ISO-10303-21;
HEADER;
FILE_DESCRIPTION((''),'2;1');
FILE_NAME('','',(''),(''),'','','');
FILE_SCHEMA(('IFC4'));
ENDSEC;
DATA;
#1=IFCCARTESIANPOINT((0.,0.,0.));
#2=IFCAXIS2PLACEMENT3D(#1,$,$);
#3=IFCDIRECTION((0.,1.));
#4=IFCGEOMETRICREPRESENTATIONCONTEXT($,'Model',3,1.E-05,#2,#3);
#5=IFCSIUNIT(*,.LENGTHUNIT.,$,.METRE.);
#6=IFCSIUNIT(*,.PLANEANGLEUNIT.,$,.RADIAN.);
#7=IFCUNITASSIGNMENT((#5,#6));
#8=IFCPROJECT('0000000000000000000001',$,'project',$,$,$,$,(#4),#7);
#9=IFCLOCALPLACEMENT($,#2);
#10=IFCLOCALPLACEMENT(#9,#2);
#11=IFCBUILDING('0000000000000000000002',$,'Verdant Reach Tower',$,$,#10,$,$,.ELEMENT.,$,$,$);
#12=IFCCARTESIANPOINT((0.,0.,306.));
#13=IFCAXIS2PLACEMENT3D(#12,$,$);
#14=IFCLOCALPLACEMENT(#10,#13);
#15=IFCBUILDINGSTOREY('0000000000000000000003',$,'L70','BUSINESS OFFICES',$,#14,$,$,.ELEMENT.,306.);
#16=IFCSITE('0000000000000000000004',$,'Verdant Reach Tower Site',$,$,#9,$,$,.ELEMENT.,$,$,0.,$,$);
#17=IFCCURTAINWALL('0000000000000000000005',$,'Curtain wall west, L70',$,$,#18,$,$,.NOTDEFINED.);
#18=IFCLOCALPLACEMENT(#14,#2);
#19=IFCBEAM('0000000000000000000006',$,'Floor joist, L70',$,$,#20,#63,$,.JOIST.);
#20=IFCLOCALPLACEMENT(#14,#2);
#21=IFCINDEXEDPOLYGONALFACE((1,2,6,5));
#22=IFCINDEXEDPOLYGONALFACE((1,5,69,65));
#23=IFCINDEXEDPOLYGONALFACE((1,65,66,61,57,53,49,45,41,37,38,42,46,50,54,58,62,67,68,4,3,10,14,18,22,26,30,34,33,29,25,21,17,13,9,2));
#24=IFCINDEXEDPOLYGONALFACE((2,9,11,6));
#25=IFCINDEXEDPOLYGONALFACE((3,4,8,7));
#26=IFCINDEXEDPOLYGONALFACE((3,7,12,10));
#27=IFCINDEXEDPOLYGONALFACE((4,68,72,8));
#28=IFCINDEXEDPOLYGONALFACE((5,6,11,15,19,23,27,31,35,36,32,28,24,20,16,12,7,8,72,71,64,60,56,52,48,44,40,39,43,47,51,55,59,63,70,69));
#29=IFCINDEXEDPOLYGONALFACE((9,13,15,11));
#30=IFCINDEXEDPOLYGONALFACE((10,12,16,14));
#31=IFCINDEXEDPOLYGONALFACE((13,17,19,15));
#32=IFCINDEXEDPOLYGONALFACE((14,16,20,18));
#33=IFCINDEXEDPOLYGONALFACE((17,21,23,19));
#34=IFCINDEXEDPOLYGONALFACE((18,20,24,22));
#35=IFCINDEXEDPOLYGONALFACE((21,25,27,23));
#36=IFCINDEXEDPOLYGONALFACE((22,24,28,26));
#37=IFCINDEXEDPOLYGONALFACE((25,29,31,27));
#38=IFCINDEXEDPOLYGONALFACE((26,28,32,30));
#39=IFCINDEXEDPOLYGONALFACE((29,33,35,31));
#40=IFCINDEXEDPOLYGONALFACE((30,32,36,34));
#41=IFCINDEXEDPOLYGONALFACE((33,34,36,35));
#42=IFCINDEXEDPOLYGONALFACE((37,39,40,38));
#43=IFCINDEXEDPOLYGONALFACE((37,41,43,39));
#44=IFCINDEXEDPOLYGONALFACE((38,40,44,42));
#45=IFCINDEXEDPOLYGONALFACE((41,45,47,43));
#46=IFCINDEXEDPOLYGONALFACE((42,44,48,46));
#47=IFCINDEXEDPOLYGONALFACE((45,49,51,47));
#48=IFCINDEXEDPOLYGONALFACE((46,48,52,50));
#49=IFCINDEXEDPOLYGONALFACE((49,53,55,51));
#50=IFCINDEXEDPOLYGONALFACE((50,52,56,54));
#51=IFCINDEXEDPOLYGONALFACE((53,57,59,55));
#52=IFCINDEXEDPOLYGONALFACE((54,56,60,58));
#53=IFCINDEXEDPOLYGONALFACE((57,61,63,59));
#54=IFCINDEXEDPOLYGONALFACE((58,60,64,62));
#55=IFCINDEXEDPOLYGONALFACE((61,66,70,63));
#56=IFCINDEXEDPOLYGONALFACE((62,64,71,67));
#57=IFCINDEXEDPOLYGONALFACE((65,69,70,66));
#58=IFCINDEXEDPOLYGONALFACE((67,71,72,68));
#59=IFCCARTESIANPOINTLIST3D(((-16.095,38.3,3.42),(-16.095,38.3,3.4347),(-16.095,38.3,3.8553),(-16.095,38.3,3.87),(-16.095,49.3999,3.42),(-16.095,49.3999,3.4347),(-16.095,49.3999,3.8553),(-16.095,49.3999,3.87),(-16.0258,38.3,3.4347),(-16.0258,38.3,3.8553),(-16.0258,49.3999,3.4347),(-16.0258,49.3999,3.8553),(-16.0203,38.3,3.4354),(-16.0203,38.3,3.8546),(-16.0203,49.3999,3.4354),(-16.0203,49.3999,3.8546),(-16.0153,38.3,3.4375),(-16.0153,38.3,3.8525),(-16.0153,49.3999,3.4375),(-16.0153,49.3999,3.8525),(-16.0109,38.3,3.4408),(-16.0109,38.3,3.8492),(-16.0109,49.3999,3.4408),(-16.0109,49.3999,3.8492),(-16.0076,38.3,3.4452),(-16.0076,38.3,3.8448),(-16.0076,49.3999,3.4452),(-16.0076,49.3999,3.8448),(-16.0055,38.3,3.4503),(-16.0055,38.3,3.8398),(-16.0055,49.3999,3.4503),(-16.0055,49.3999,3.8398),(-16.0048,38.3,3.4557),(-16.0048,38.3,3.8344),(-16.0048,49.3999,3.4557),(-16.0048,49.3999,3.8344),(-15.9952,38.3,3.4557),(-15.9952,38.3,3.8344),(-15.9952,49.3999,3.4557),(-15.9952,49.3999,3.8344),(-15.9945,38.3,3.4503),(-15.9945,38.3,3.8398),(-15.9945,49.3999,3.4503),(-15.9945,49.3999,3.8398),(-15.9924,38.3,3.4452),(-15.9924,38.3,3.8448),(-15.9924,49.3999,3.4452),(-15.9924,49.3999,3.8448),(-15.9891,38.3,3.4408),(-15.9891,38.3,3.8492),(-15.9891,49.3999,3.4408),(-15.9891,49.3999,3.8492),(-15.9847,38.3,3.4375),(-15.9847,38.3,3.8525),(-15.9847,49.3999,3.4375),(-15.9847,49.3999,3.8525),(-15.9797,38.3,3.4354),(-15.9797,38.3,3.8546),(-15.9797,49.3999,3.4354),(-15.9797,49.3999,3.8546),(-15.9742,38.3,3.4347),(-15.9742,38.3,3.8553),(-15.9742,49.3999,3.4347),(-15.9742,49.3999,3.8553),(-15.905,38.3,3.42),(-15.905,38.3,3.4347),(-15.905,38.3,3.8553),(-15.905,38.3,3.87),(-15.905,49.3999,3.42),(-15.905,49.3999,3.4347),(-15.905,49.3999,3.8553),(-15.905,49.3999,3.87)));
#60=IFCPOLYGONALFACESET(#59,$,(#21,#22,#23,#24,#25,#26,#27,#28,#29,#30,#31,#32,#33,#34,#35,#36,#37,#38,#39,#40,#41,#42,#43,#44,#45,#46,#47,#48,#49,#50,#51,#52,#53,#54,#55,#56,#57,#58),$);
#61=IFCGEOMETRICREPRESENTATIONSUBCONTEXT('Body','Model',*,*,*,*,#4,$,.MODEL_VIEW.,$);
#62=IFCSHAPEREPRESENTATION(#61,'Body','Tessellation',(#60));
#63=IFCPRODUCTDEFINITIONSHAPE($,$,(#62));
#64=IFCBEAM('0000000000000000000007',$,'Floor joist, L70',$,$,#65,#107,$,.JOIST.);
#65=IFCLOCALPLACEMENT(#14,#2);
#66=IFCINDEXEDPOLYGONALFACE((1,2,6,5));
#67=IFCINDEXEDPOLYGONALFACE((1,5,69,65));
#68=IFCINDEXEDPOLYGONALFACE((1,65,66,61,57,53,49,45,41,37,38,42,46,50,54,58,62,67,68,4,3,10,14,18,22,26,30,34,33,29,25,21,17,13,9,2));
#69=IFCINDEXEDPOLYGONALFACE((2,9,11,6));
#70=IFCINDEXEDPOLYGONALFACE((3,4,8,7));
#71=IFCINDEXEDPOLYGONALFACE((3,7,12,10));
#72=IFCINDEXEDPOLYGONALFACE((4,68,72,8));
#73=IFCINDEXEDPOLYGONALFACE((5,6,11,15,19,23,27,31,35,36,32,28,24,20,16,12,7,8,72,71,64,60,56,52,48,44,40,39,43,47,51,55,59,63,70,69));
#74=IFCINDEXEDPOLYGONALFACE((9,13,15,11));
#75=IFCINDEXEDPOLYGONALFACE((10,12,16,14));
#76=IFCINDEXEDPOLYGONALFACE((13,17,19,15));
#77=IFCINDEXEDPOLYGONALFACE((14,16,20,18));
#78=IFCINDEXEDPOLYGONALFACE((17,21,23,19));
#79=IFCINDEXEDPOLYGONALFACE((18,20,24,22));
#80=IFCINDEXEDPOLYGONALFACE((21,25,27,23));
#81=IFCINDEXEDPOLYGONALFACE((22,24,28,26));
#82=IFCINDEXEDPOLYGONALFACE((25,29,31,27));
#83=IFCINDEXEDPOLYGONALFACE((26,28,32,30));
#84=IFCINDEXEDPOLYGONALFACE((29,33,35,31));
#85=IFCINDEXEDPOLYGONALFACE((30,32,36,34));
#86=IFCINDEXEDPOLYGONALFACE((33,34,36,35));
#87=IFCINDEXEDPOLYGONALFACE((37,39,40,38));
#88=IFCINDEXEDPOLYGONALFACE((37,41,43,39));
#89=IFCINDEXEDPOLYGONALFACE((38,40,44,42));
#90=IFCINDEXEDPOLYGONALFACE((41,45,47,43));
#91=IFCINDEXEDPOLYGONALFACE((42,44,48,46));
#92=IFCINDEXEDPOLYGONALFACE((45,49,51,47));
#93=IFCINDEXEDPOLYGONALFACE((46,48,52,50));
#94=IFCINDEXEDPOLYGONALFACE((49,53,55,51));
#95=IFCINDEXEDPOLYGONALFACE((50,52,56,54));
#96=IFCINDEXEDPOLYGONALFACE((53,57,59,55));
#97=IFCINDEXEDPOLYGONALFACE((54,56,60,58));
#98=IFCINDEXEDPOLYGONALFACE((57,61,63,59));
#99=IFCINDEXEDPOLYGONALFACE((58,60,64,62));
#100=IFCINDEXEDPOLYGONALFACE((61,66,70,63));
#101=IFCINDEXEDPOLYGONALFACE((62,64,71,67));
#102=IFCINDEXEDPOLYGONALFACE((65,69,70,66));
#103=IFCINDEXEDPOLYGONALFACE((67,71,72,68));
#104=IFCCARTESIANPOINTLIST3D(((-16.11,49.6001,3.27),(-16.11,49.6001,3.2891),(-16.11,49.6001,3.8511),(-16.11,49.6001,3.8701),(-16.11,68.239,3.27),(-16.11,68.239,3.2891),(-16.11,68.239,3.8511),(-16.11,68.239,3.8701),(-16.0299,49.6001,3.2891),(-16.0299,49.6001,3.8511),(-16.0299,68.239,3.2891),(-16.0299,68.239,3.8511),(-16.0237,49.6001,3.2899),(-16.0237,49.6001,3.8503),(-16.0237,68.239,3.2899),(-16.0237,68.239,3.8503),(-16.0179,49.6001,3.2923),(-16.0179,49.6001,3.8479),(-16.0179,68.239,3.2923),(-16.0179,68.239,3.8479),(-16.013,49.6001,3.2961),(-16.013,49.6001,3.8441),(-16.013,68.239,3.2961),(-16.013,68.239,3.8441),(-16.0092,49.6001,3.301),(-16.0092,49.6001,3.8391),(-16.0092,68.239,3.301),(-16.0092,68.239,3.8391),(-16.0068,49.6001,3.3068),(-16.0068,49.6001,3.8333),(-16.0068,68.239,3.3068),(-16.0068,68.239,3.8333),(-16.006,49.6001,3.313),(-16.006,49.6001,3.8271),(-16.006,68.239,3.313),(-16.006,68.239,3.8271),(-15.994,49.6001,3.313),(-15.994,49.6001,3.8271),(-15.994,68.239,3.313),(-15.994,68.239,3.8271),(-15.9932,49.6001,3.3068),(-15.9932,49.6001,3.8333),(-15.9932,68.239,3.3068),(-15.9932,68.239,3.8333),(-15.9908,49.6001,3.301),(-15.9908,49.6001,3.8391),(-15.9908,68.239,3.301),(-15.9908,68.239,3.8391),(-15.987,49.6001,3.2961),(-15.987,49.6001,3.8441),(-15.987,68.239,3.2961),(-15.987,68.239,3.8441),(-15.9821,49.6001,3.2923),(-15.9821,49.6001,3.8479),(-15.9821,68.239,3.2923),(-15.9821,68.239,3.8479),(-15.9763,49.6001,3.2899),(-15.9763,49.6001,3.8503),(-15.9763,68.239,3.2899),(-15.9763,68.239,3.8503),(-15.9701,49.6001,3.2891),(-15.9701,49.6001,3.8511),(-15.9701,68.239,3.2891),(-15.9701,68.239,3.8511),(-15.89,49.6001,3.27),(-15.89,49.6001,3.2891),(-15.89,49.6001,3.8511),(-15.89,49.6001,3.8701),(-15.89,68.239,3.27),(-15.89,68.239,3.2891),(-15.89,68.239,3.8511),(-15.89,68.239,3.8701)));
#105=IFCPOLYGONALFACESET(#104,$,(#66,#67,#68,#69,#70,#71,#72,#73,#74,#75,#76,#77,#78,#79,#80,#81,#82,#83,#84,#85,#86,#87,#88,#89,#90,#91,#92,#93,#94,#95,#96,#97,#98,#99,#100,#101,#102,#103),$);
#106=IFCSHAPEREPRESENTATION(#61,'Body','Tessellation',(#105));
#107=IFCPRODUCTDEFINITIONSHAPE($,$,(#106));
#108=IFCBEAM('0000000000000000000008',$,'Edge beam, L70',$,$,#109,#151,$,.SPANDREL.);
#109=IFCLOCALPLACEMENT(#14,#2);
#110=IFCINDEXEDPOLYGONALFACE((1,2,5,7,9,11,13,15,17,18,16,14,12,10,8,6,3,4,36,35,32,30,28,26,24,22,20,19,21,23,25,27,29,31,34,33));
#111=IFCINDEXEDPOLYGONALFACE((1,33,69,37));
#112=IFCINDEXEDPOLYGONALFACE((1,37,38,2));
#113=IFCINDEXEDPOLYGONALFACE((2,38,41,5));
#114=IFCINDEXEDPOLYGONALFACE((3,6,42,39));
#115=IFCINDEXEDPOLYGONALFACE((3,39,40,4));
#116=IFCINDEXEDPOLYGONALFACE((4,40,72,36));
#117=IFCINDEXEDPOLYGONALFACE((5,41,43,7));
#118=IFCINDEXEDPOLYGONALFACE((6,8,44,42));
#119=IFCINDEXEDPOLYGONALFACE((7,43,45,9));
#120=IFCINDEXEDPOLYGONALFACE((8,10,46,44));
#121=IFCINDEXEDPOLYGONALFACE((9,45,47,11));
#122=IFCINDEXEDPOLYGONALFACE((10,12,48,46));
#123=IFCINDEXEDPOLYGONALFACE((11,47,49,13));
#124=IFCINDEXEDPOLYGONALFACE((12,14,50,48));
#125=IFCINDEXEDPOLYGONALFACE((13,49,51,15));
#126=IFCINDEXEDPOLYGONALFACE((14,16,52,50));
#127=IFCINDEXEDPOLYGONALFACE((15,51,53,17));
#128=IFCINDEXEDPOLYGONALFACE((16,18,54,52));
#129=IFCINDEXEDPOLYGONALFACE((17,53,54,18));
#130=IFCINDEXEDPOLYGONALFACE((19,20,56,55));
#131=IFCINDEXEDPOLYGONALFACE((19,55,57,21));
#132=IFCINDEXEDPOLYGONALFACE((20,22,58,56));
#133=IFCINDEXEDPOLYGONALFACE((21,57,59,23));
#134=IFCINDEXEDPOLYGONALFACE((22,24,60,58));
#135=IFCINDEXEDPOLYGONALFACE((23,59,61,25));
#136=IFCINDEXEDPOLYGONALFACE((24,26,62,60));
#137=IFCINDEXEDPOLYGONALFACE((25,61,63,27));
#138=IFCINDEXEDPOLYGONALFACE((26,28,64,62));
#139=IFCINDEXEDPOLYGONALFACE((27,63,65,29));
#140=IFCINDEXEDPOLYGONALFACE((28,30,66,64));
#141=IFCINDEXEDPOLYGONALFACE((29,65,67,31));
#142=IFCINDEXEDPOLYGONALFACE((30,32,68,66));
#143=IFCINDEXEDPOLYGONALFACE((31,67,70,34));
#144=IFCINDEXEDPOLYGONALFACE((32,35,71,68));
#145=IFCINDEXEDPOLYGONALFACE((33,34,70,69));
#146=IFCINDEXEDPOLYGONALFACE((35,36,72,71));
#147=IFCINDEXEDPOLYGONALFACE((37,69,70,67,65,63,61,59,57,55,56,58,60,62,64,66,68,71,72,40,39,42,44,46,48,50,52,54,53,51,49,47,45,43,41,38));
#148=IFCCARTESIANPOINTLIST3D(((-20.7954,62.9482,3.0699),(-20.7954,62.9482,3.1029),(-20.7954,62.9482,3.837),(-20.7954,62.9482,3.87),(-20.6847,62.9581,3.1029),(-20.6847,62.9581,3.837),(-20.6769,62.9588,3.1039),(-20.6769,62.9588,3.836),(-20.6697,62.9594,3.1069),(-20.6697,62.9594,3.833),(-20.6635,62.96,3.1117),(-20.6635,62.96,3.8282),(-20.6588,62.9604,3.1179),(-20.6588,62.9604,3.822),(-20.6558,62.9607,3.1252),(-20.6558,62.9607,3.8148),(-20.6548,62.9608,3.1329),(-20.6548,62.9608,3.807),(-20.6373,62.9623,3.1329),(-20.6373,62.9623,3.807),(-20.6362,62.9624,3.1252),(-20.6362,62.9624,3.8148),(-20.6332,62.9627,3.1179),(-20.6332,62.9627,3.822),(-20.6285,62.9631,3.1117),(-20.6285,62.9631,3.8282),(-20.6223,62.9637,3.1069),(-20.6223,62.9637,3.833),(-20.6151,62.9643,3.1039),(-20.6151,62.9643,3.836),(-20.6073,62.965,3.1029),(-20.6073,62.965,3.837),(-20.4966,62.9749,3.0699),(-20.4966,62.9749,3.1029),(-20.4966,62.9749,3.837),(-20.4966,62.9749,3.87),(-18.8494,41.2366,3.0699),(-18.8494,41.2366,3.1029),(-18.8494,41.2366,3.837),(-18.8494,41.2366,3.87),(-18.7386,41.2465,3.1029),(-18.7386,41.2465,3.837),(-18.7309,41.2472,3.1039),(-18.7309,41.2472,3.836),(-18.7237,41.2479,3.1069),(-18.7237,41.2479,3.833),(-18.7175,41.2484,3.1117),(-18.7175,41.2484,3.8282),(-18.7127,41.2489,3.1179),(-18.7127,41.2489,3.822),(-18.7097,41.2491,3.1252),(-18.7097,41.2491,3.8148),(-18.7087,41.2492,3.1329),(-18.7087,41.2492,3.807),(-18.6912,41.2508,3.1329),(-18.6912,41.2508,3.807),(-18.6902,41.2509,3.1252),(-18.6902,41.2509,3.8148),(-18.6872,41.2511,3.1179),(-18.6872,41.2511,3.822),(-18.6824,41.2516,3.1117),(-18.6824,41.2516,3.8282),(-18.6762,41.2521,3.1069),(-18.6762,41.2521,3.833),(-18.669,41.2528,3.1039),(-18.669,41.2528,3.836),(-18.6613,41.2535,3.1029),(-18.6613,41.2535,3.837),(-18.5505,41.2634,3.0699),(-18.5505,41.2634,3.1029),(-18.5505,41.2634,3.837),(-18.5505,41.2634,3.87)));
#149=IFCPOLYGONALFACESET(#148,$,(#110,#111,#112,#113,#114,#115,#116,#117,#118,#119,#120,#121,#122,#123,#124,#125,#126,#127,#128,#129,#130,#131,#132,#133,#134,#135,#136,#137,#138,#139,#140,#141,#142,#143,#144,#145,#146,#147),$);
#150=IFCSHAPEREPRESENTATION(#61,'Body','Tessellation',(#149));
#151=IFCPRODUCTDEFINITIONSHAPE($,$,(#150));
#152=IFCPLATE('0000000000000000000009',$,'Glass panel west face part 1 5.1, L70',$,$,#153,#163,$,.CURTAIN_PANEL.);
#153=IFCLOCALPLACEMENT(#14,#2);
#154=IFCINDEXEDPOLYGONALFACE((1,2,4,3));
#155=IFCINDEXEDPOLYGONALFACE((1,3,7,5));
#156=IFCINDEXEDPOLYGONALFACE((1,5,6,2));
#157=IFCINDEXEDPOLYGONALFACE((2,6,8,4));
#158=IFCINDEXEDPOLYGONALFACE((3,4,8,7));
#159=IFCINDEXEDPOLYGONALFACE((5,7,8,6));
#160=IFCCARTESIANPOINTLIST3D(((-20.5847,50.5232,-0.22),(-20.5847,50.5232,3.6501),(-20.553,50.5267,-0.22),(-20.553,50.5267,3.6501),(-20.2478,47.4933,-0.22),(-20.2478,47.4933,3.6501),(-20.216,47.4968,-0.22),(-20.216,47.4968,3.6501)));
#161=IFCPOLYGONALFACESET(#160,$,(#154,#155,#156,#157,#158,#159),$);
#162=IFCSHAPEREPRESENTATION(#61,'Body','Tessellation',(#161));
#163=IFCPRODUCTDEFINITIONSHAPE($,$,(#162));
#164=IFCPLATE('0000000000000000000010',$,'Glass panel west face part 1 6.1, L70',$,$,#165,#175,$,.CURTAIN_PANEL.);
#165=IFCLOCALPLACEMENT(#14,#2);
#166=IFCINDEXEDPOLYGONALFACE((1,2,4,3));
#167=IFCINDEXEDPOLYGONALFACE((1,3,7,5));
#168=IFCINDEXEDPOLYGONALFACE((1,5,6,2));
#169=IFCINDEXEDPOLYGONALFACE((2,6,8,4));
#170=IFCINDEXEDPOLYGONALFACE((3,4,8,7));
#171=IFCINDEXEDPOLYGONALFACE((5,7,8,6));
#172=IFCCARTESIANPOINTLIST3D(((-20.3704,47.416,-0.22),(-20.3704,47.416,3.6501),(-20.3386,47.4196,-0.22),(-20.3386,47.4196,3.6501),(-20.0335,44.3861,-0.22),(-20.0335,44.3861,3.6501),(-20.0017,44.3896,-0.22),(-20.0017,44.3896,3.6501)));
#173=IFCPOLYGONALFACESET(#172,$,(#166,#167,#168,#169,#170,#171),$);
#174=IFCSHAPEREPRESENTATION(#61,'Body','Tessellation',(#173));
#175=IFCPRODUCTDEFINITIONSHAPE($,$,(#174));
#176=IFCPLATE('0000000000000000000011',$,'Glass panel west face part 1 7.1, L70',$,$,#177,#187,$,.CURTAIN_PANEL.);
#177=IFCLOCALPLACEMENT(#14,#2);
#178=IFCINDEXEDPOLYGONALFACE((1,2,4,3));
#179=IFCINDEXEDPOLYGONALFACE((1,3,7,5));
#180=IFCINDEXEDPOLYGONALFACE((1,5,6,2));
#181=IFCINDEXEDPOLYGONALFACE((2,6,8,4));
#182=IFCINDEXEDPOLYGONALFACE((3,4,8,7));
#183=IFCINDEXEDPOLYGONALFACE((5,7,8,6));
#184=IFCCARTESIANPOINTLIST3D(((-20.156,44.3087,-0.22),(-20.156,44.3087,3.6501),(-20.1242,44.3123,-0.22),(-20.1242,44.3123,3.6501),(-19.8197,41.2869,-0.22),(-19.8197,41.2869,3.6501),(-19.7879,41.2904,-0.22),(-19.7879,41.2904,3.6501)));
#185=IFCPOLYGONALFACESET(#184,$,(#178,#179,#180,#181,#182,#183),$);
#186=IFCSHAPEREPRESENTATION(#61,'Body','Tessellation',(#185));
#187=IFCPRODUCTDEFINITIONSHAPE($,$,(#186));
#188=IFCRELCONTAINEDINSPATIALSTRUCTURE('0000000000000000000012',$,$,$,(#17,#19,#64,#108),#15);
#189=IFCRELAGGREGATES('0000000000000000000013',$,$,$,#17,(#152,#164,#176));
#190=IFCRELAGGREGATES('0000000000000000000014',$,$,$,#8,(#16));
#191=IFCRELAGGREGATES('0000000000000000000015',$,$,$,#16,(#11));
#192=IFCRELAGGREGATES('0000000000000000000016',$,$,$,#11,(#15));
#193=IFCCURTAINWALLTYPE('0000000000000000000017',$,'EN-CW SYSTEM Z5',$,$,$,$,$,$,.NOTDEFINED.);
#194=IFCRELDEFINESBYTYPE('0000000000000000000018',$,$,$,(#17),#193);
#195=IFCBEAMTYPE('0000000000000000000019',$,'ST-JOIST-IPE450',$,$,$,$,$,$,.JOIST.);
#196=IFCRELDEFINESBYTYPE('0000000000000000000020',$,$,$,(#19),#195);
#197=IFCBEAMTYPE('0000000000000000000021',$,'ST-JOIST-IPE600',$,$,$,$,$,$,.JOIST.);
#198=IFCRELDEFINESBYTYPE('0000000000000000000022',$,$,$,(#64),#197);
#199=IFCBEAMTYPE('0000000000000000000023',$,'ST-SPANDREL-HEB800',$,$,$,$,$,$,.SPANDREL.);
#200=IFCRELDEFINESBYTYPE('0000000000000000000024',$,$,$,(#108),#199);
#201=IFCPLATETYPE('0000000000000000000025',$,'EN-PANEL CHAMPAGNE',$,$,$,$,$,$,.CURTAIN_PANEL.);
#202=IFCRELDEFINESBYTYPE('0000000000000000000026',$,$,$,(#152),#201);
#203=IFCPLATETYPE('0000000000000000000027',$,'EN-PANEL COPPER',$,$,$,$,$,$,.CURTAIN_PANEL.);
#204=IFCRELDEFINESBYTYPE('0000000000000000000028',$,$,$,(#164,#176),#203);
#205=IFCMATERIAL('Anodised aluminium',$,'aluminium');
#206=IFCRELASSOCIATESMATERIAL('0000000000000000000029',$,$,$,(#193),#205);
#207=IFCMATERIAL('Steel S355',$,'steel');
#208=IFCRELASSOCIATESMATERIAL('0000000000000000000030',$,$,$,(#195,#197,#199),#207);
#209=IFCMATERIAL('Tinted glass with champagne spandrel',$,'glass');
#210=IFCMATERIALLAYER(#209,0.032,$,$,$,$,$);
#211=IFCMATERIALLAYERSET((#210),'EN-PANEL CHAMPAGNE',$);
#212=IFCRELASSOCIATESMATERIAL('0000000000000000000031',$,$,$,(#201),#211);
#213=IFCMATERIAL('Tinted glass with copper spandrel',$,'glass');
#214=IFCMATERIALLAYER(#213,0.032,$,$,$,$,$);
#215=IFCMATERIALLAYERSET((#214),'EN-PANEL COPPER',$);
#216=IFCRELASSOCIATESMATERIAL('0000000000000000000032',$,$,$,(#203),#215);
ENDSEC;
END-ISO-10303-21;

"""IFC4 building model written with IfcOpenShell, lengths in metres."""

from ifc_helpers import new_model, si_unit, direction, frame, origin, origin_2d, place, context, subcontext, project, spatial, rectangle, i_section, extrude, material, layer, layer_set, material_profile, profile_set, type_object, element, aggregate, save


model = new_model("IFC4")

# Units and contexts
model_context = context("Model", 3, precision=1e-05, world=origin(), true_north=direction((0.0, 1.0)))
body_context = subcontext(model_context, "Body", "Model", "MODEL_VIEW")
ifc_project = project(units=[si_unit("LENGTHUNIT", "METRE"), si_unit("PLANEANGLEUNIT", "RADIAN")], contexts=[model_context])

# Site, building, storey
site_placement = place(None, origin())
site = spatial("IfcSite", under=ifc_project, at=site_placement, Name="Verdant Reach Tower Site", CompositionType="ELEMENT", RefElevation=0.0)
building_placement = place(site_placement, origin())
building = spatial("IfcBuilding", under=site, at=building_placement, Name="Verdant Reach Tower", CompositionType="ELEMENT")
storey_placement = place(building_placement, frame((0.0, 0.0, 306.0)))
storey = spatial("IfcBuildingStorey", under=building, at=storey_placement, Name="L70", Description="BUSINESS OFFICES", CompositionType="ELEMENT", Elevation=306.0)

# Curtain wall
ifc_material_1 = material(Name="Anodised aluminium", Category="aluminium")
curtain_wall_type = type_object("IfcCurtainWallType", Name="EN-CW SYSTEM Z5", PredefinedType="NOTDEFINED", material=ifc_material_1)
curtain_wall_placement = place(storey_placement, origin())
curtain_wall = element("IfcCurtainWall", 1, at=curtain_wall_placement, inside=storey, type_object=curtain_wall_type, Name="Curtain wall west, L70", PredefinedType="NOTDEFINED")

# Beams
ifc_material_2 = material(Name="Steel S355", Category="steel")
ifc_material_profile_1 = material_profile(ifc_material_2, i_section(OverallWidth=0.1899, OverallDepth=0.45, WebThickness=0.0095, FlangeThickness=0.0146, FilletRadius=0.021, at=origin_2d()), Name="IPE 450")
ifc_profile_set_1 = profile_set([ifc_material_profile_1], Name="Steel S355")
beam_type_1 = type_object("IfcBeamType", Name="ST-JOIST-IPE450", PredefinedType="JOIST", material=ifc_profile_set_1)
beam_1_placement = place(storey_placement, frame((-16.0, 38.3, 3.645), z_axis=(0.0, 1.0, 0.0), x_axis=(-1.0, 0.0, 0.0)))
element("IfcBeam", 2, at=beam_1_placement, inside=storey, type_object=beam_type_1, Name="Floor joist, L70", PredefinedType="JOIST", context=body_context, shape_type="SweptSolid", body=[
    extrude(i_section(OverallWidth=0.1899, OverallDepth=0.45, WebThickness=0.0095, FlangeThickness=0.0146, FilletRadius=0.021, at=origin_2d()), origin(), (0.0, 0.0, 1.0), 11.0999),
])
ifc_material_profile_2 = material_profile(ifc_material_2, i_section(OverallWidth=0.22, OverallDepth=0.6001, WebThickness=0.012, FlangeThickness=0.019, FilletRadius=0.0239, at=origin_2d()), Name="IPE 600")
ifc_profile_set_2 = profile_set([ifc_material_profile_2], Name="Steel S355")
beam_type_2 = type_object("IfcBeamType", Name="ST-JOIST-IPE600", PredefinedType="JOIST", material=ifc_profile_set_2)
beam_2_placement = place(storey_placement, frame((-16.0, 49.6001, 3.5701), z_axis=(0.0, 1.0, 0.0), x_axis=(-1.0, 0.0, 0.0)))
element("IfcBeam", 3, at=beam_2_placement, inside=storey, type_object=beam_type_2, Name="Floor joist, L70", PredefinedType="JOIST", context=body_context, shape_type="SweptSolid", body=[
    extrude(i_section(OverallWidth=0.22, OverallDepth=0.6001, WebThickness=0.012, FlangeThickness=0.019, FilletRadius=0.0239, at=origin_2d()), origin(), (0.0, 0.0, 1.0), 18.6389),
])
ifc_material_profile_3 = material_profile(ifc_material_2, i_section(OverallWidth=0.3, OverallDepth=0.8, WebThickness=0.0176, FlangeThickness=0.033, FilletRadius=0.03, at=origin_2d()), Name="HEB 800")
ifc_profile_set_3 = profile_set([ifc_material_profile_3], Name="Steel S355")
beam_type_3 = type_object("IfcBeamType", Name="ST-SPANDREL-HEB800", PredefinedType="SPANDREL", material=ifc_profile_set_3)
beam_3_placement = place(storey_placement, frame((-18.7, 41.25, 3.47), z_axis=(-0.089274, 0.996007, 0.0), x_axis=(-0.996007, -0.089274, 0.0)))
element("IfcBeam", 4, at=beam_3_placement, inside=storey, type_object=beam_type_3, Name="Edge beam, L70", PredefinedType="SPANDREL", context=body_context, shape_type="SweptSolid", body=[
    extrude(i_section(OverallWidth=0.3, OverallDepth=0.8, WebThickness=0.0176, FlangeThickness=0.033, FilletRadius=0.03, at=origin_2d()), origin(), (0.0, 0.0, 1.0), 21.7986),
])

# Plates
ifc_material_3 = material(Name="Tinted glass with champagne spandrel", Category="glass")
ifc_layer_1 = layer(ifc_material_3, 0.032)
ifc_layer_set_1 = layer_set([ifc_layer_1], Name="EN-PANEL CHAMPAGNE")
plate_type_1 = type_object("IfcPlateType", Name="EN-PANEL CHAMPAGNE", PredefinedType="CURTAIN_PANEL", material=ifc_layer_set_1)
plate_1_placement = place(storey_placement, frame((-20.4004, 49.01, -0.22), z_axis=(0.0, 0.0, 1.0), x_axis=(0.110518, -0.993874, 0.0)))
plate_1 = element("IfcPlate", 5, at=plate_1_placement, type_object=plate_type_1, Name="Glass panel west face part 1 5.1, L70", PredefinedType="CURTAIN_PANEL", context=body_context, shape_type="SweptSolid", body=[
    extrude(rectangle(XDim=3.0486, YDim=0.032, at=origin_2d()), origin(), (0.0, 0.0, 1.0), 3.8701),
])
ifc_material_4 = material(Name="Tinted glass with copper spandrel", Category="glass")
ifc_layer_2 = layer(ifc_material_4, 0.032)
ifc_layer_set_2 = layer_set([ifc_layer_2], Name="EN-PANEL COPPER")
plate_type_2 = type_object("IfcPlateType", Name="EN-PANEL COPPER", PredefinedType="CURTAIN_PANEL", material=ifc_layer_set_2)
plate_2_placement = place(storey_placement, frame((-20.186, 45.9028, -0.22), z_axis=(0.0, 0.0, 1.0), x_axis=(0.110518, -0.993874, 0.0)))
plate_2 = element("IfcPlate", 6, at=plate_2_placement, type_object=plate_type_2, Name="Glass panel west face part 1 6.1, L70", PredefinedType="CURTAIN_PANEL", context=body_context, shape_type="SweptSolid", body=[
    extrude(rectangle(XDim=3.0486, YDim=0.032, at=origin_2d()), origin(), (0.0, 0.0, 1.0), 3.8701),
])
plate_3_placement = place(storey_placement, frame((-19.9719, 42.7996, -0.22), z_axis=(0.0, 0.0, 1.0), x_axis=(0.110605, -0.993864, 0.0)))
plate_3 = element("IfcPlate", 7, at=plate_3_placement, type_object=plate_type_2, Name="Glass panel west face part 1 7.1, L70", PredefinedType="CURTAIN_PANEL", context=body_context, shape_type="SweptSolid", body=[
    extrude(rectangle(XDim=3.0405, YDim=0.032, at=origin_2d()), origin(), (0.0, 0.0, 1.0), 3.8701),
])
aggregate(curtain_wall, [plate_1, plate_2, plate_3])

save(model, "model.ifc")
